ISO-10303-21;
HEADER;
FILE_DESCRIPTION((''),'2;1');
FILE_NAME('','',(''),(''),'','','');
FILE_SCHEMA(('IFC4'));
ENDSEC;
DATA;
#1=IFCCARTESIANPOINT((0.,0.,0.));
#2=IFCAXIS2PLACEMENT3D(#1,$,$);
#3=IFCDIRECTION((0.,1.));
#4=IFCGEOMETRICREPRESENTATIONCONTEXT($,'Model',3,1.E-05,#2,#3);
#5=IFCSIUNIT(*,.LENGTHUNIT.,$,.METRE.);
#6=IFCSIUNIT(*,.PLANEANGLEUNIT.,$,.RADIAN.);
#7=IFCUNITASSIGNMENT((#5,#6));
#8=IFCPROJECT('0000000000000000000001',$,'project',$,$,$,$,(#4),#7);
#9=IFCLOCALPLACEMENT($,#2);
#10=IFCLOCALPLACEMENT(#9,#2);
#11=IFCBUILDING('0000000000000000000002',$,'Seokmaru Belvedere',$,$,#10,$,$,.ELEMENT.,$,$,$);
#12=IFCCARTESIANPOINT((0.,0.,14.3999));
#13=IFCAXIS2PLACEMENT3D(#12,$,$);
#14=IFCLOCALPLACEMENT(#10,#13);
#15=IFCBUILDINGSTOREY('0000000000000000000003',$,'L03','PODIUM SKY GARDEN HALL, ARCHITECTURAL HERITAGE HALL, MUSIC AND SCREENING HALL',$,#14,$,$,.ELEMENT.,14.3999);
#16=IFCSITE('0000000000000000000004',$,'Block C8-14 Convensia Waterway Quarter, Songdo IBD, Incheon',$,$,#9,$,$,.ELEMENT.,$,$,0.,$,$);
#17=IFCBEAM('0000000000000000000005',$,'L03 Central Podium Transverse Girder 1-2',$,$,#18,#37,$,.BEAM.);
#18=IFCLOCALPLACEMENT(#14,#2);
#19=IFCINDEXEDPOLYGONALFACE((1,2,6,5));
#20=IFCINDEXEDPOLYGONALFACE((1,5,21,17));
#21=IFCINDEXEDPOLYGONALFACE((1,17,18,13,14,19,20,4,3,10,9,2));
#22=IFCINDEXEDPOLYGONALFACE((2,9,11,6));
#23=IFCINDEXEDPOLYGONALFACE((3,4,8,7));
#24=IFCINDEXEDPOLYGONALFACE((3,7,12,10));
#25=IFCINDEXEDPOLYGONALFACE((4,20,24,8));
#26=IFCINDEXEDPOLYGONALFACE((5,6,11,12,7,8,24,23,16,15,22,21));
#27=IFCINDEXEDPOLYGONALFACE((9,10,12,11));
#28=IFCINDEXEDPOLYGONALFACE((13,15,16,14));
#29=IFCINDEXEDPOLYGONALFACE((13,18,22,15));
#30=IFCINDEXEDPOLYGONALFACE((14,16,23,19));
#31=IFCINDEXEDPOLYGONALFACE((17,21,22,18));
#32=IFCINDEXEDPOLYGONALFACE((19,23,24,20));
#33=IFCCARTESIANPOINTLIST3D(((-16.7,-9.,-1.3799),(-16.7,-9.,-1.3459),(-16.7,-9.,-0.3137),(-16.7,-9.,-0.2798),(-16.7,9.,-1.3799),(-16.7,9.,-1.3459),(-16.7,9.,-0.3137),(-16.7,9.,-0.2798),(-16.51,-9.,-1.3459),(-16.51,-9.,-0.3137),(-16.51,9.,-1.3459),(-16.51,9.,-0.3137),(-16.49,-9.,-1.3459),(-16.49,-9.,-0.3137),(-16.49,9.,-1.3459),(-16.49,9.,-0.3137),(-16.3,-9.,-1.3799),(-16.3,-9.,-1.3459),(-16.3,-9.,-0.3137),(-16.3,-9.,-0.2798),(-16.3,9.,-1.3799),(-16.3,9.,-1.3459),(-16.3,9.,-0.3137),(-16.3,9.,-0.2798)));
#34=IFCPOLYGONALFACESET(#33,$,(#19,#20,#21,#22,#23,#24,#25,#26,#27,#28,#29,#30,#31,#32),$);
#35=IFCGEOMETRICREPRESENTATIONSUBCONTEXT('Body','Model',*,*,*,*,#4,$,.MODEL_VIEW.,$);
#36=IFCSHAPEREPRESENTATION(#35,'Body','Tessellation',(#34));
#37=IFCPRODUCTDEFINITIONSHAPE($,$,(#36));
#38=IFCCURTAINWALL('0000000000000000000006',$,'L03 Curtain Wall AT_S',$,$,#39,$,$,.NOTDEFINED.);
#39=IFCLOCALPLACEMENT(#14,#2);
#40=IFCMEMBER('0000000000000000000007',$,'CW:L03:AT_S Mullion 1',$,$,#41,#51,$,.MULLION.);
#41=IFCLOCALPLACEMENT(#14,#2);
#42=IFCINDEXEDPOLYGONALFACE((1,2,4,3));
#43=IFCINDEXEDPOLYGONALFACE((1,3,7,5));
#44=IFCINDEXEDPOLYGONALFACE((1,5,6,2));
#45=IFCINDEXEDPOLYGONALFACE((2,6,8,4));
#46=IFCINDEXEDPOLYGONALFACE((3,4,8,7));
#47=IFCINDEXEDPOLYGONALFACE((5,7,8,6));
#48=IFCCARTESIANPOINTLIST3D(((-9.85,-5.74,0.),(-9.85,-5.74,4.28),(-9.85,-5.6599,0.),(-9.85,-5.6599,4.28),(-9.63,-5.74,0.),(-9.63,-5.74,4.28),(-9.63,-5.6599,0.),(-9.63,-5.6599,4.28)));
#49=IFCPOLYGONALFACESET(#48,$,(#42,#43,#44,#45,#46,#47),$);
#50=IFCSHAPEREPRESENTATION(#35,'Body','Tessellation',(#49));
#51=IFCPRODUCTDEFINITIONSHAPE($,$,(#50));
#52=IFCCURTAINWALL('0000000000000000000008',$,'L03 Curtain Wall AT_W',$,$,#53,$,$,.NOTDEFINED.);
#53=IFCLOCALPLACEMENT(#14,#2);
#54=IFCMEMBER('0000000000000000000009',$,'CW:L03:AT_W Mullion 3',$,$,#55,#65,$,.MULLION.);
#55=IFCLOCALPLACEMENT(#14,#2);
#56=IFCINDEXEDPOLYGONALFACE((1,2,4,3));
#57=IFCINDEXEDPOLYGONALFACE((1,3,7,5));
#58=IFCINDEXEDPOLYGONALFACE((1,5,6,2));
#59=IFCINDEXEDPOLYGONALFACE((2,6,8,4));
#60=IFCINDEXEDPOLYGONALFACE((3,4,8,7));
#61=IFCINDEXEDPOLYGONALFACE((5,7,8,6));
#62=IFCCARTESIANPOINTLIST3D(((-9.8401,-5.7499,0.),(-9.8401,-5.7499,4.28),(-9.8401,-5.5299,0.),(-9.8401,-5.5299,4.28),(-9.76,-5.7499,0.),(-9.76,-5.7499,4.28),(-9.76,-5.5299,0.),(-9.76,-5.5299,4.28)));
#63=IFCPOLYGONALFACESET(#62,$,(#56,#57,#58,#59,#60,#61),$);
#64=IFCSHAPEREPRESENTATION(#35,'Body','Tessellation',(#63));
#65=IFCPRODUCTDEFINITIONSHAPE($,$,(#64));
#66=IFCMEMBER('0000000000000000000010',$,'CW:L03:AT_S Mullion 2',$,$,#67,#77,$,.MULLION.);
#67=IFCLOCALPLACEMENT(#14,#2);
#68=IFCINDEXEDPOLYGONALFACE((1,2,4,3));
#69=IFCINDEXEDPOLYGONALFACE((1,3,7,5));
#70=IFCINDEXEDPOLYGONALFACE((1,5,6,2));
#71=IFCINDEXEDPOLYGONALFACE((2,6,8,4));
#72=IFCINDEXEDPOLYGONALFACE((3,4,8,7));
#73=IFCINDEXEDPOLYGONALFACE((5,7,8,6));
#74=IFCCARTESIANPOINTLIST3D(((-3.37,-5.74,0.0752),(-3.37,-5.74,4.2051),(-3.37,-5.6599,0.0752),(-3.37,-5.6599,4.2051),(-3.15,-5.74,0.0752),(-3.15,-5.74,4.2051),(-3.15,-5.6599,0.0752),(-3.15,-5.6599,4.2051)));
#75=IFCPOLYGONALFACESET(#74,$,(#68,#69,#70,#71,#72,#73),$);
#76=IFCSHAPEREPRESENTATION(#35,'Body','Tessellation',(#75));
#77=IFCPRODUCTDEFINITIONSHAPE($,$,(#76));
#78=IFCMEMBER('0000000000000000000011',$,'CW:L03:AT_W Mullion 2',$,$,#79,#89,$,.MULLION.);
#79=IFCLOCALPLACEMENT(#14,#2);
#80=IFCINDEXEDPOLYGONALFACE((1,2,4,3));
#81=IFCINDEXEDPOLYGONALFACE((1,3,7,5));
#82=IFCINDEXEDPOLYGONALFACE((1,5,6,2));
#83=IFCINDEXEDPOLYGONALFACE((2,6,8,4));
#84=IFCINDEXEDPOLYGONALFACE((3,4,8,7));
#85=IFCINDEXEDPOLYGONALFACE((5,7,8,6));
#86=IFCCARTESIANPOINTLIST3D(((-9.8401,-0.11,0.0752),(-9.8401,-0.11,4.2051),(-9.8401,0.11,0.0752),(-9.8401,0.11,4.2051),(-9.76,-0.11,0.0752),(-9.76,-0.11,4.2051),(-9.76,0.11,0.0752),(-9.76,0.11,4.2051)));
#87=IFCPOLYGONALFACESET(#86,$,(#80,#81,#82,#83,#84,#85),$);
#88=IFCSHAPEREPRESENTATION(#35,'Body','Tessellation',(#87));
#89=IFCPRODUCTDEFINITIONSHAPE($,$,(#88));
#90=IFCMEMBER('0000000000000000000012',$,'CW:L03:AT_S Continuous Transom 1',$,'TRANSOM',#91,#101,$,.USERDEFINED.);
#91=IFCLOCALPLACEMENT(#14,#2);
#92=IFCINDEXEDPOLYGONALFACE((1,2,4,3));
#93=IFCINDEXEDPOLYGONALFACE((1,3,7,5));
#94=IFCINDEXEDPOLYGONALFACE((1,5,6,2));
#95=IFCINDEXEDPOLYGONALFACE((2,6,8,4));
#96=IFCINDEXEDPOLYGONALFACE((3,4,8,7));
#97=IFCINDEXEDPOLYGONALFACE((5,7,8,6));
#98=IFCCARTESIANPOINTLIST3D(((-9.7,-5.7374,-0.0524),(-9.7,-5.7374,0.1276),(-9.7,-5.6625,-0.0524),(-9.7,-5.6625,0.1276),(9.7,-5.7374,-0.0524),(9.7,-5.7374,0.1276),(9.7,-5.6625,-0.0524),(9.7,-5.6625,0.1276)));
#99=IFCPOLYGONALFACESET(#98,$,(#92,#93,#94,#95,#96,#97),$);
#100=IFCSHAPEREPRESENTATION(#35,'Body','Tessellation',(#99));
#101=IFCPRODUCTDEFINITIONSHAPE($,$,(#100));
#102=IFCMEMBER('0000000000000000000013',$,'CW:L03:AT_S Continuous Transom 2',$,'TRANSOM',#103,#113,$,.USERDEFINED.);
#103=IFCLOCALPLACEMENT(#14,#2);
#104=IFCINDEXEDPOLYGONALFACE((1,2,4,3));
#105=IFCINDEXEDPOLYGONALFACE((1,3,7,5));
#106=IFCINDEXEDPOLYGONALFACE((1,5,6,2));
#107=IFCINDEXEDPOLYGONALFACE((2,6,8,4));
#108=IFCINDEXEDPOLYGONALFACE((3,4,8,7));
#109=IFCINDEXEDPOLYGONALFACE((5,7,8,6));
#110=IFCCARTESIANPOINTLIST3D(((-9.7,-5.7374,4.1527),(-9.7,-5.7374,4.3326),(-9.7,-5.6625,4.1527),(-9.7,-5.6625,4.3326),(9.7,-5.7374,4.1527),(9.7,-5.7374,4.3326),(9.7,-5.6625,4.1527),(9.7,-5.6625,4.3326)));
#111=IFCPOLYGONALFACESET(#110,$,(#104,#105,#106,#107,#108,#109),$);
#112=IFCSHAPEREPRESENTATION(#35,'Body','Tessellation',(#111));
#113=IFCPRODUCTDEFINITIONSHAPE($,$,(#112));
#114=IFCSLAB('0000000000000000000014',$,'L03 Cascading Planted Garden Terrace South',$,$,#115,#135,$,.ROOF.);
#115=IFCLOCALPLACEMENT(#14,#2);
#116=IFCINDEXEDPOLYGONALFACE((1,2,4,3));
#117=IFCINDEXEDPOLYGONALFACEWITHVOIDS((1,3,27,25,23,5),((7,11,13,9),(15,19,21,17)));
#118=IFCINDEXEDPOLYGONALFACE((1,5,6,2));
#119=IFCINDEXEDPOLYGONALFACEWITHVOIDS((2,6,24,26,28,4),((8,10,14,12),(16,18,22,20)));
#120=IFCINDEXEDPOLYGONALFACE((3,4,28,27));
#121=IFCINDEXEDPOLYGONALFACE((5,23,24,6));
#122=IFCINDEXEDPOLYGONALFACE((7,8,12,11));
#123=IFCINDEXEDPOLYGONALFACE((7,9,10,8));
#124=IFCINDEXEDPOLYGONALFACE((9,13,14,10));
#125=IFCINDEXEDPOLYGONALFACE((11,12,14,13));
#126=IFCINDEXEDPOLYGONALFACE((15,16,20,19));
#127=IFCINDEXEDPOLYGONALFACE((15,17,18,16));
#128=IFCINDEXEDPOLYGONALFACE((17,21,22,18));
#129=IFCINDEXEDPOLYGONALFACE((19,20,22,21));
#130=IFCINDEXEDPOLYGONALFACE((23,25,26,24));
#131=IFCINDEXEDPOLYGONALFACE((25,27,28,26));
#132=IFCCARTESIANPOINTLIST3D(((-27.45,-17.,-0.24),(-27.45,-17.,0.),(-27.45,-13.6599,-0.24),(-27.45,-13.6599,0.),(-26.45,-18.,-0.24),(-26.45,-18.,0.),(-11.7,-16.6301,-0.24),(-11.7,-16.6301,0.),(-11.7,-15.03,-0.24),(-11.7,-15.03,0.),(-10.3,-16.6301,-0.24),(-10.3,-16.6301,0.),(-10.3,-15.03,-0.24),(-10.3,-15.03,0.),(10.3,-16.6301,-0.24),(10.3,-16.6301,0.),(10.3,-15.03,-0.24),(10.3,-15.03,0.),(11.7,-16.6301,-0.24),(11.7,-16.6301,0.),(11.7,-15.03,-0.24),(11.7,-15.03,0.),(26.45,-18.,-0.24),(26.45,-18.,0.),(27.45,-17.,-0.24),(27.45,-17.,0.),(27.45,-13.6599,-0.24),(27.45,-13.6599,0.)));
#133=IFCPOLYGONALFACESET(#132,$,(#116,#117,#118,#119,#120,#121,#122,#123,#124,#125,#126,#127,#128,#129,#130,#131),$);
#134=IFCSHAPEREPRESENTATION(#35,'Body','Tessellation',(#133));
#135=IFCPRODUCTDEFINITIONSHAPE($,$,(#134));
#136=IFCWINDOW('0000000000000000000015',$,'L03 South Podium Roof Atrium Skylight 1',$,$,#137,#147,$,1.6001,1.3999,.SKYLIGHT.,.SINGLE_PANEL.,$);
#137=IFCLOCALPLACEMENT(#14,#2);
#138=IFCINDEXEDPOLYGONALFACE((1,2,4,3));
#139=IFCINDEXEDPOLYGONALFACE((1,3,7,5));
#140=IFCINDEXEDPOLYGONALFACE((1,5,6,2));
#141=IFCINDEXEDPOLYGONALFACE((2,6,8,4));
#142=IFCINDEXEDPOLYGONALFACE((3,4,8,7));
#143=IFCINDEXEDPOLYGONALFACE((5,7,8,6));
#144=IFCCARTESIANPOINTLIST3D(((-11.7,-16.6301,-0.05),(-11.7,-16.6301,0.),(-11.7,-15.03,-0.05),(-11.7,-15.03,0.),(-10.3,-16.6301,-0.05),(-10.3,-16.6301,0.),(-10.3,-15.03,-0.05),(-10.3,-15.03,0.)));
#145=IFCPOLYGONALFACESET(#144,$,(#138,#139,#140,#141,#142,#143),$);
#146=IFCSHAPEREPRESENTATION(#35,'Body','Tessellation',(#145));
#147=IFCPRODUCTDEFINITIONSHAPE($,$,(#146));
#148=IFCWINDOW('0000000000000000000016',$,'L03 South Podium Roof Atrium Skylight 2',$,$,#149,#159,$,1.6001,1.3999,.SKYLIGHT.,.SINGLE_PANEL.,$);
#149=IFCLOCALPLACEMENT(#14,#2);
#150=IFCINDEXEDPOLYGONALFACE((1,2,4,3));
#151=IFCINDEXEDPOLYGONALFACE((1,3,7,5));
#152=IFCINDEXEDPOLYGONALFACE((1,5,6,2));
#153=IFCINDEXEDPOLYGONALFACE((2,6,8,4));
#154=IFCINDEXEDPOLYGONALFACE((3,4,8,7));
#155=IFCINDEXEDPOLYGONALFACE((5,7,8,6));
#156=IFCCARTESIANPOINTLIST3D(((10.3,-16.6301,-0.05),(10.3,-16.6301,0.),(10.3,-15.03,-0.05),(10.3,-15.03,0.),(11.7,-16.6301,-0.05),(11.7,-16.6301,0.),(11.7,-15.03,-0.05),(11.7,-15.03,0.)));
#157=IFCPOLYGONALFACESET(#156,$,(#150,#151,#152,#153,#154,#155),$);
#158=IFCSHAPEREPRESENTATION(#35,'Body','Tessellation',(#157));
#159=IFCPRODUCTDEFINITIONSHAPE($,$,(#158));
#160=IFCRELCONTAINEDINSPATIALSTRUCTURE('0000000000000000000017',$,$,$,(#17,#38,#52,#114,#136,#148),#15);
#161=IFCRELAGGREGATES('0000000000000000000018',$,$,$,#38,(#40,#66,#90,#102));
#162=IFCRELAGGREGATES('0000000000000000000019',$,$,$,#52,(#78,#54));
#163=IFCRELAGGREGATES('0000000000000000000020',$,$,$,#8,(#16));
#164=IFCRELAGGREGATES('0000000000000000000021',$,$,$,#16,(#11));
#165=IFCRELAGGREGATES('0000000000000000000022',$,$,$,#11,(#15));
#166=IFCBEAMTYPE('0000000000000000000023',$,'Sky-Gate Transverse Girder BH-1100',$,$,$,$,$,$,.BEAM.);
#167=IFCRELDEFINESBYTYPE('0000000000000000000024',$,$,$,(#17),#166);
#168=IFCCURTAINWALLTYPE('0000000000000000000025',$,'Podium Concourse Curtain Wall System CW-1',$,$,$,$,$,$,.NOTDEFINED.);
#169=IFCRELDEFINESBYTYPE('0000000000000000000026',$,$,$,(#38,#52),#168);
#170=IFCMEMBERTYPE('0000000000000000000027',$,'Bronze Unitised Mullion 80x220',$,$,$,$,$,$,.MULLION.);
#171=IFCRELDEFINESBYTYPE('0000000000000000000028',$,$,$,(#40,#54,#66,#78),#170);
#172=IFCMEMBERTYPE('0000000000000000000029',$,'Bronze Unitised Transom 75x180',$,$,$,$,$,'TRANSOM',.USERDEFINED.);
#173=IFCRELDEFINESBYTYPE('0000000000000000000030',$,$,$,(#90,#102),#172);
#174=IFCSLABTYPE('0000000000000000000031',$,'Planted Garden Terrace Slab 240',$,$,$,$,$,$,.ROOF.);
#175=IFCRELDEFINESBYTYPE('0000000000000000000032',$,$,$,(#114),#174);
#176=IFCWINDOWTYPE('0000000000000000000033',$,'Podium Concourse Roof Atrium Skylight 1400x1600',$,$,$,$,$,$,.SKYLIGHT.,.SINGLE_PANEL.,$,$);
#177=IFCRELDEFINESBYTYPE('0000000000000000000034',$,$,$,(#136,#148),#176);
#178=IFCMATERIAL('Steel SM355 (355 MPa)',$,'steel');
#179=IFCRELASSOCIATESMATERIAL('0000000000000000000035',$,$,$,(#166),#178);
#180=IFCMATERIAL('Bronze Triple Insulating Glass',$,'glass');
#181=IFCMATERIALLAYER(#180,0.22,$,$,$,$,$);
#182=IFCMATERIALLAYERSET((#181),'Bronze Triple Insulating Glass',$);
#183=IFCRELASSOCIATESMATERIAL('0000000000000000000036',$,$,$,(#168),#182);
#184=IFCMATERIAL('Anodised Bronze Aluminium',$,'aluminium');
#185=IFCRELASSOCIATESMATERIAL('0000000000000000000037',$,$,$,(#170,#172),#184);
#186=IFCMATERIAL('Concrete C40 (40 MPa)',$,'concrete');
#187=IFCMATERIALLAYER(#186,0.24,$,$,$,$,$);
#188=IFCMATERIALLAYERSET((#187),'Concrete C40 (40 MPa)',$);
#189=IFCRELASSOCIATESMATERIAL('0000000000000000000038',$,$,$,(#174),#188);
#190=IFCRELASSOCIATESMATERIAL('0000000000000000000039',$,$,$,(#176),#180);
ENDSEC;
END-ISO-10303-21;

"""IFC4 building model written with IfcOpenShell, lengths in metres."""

from ifc_helpers import new_model, si_unit, direction, frame, origin, origin_2d, place, context, subcontext, project, spatial, polyline, rectangle, i_section, outline, extrude, source, transform, mapped, material, layer, layer_set, material_profile, profile_set, type_object, type_shapes, element, fill, aggregate, save


model = new_model("IFC4")

# Units and contexts
model_context = context("Model", 3, precision=1e-05, world=origin(), true_north=direction((0.0, 1.0)))
body_context = subcontext(model_context, "Body", "Model", "MODEL_VIEW")
ifc_project = project(units=[si_unit("LENGTHUNIT", "METRE"), si_unit("PLANEANGLEUNIT", "RADIAN")], contexts=[model_context])

# Site, building, storey
site_placement = place(None, origin())
site = spatial("IfcSite", under=ifc_project, at=site_placement, Name="Block C8-14 Convensia Waterway Quarter, Songdo IBD, Incheon", CompositionType="ELEMENT", RefElevation=0.0)
building_placement = place(site_placement, origin())
building = spatial("IfcBuilding", under=site, at=building_placement, Name="Seokmaru Belvedere", CompositionType="ELEMENT")
storey_placement = place(building_placement, frame((0.0, 0.0, 14.3999)))
storey = spatial("IfcBuildingStorey", under=building, at=storey_placement, Name="L03", Description="PODIUM SKY GARDEN HALL, ARCHITECTURAL HERITAGE HALL, MUSIC AND SCREENING HALL", CompositionType="ELEMENT", Elevation=14.3999)

# Shared definitions
ifc_material_1 = material(Name="Steel SM355 (355 MPa)", Category="steel")

# Beam
ifc_material_profile_1 = material_profile(ifc_material_1, i_section(OverallWidth=0.3999, OverallDepth=1.1001, WebThickness=0.02, FlangeThickness=0.0339, at=origin_2d()), Name="BH-1100x400x20x34")
ifc_profile_set_1 = profile_set([ifc_material_profile_1], Name="Steel SM355 (355 MPa)")
beam_type_1 = type_object("IfcBeamType", Name="Sky-Gate Transverse Girder BH-1100", PredefinedType="BEAM", material=ifc_profile_set_1)
shared_shape_1 = source(origin(), body_context, "Body", "SweptSolid", [
    extrude(i_section(OverallWidth=0.3999, OverallDepth=1.1001, WebThickness=0.02, FlangeThickness=0.0339, at=origin_2d()), origin(), (0.0, 0.0, 1.0), 18.0),
])
type_shapes(beam_type_1, [shared_shape_1])
beam_1_placement = place(storey_placement, frame((-16.5, -9.0, -0.8298), z_axis=(0.0, 1.0, 0.0), x_axis=(-1.0, 0.0, 0.0)))
element("IfcBeam", 1, at=beam_1_placement, inside=storey, type_object=beam_type_1, Name="L03 Central Podium Transverse Girder 1-2", PredefinedType="BEAM", context=body_context, shape_type="MappedRepresentation", body=[
    mapped(shared_shape_1, transform((0.0, 0.0, 0.0), scale=1.0)),
])

# Curtain walls, members
ifc_material_2 = material(Name="Bronze Triple Insulating Glass", Category="glass")
ifc_layer_1 = layer(ifc_material_2, 0.22)
ifc_layer_set_1 = layer_set([ifc_layer_1], Name="Bronze Triple Insulating Glass")
curtain_wall_type = type_object("IfcCurtainWallType", Name="Podium Concourse Curtain Wall System CW-1", PredefinedType="NOTDEFINED", material=ifc_layer_set_1)
curtain_wall_1_placement = place(storey_placement, origin())
curtain_wall_1 = element("IfcCurtainWall", 2, at=curtain_wall_1_placement, inside=storey, type_object=curtain_wall_type, Name="L03 Curtain Wall AT_S", PredefinedType="NOTDEFINED")
ifc_material_3 = material(Name="Anodised Bronze Aluminium", Category="aluminium")
ifc_material_profile_2 = material_profile(ifc_material_3, rectangle(XDim=0.0801, YDim=0.22, at=origin_2d()), Name="CW-M-80x220")
ifc_profile_set_2 = profile_set([ifc_material_profile_2], Name="Anodised Bronze Aluminium")
member_type_1 = type_object("IfcMemberType", Name="Bronze Unitised Mullion 80x220", PredefinedType="MULLION", material=ifc_profile_set_2)
shared_shape_2 = source(origin(), body_context, "Body", "SweptSolid", [
    extrude(rectangle(XDim=0.0801, YDim=0.22, at=origin_2d()), origin(), (0.0, 0.0, 1.0), 4.28),
])
member_1_placement = place(storey_placement, frame((-9.74, -5.7, 0.0), z_axis=(0.0, 0.0, 1.0), x_axis=(0.0, 1.0, 0.0)))
member_1 = element("IfcMember", 3, at=member_1_placement, type_object=member_type_1, Name="CW:L03:AT_S Mullion 1", PredefinedType="MULLION", context=body_context, shape_type="MappedRepresentation", body=[
    mapped(shared_shape_2, transform((0.0, 0.0, 0.0), scale=1.0)),
])
curtain_wall_2_placement = place(storey_placement, origin())
curtain_wall_2 = element("IfcCurtainWall", 4, at=curtain_wall_2_placement, inside=storey, type_object=curtain_wall_type, Name="L03 Curtain Wall AT_W", PredefinedType="NOTDEFINED")
member_2_placement = place(storey_placement, frame((-9.8, -5.6399, 0.0), z_axis=(0.0, 0.0, 1.0), x_axis=(1.0, 0.0, 0.0)))
member_2 = element("IfcMember", 5, at=member_2_placement, type_object=member_type_1, Name="CW:L03:AT_W Mullion 3", PredefinedType="MULLION", context=body_context, shape_type="MappedRepresentation", body=[
    mapped(shared_shape_2, transform((0.0, 0.0, 0.0), scale=1.0)),
])

# Members
shared_shape_3 = source(origin(), body_context, "Body", "SweptSolid", [
    extrude(rectangle(XDim=0.0801, YDim=0.22, at=origin_2d()), origin(), (0.0, 0.0, 1.0), 4.1299),
])
type_shapes(member_type_1, [shared_shape_2, shared_shape_3])
member_3_placement = place(storey_placement, frame((-3.26, -5.7, 0.0752), z_axis=(0.0, 0.0, 1.0), x_axis=(0.0, 1.0, 0.0)))
member_3 = element("IfcMember", 6, at=member_3_placement, type_object=member_type_1, Name="CW:L03:AT_S Mullion 2", PredefinedType="MULLION", context=body_context, shape_type="MappedRepresentation", body=[
    mapped(shared_shape_3, transform((0.0, 0.0, 0.0), scale=1.0)),
])
member_4_placement = place(storey_placement, frame((-9.8, 0.0, 0.0752), z_axis=(0.0, 0.0, 1.0), x_axis=(1.0, 0.0, 0.0)))
member_4 = element("IfcMember", 7, at=member_4_placement, type_object=member_type_1, Name="CW:L03:AT_W Mullion 2", PredefinedType="MULLION", context=body_context, shape_type="MappedRepresentation", body=[
    mapped(shared_shape_3, transform((0.0, 0.0, 0.0), scale=1.0)),
])
ifc_material_profile_3 = material_profile(ifc_material_3, rectangle(XDim=0.075, YDim=0.1799, at=origin_2d()), Name="CW-T-75x180")
ifc_profile_set_3 = profile_set([ifc_material_profile_3], Name="Anodised Bronze Aluminium")
member_type_2 = type_object("IfcMemberType", Name="Bronze Unitised Transom 75x180", ElementType="TRANSOM", PredefinedType="USERDEFINED", material=ifc_profile_set_3)
shared_shape_4 = source(origin(), body_context, "Body", "SweptSolid", [
    extrude(rectangle(XDim=0.075, YDim=0.1799, at=origin_2d()), origin(), (0.0, 0.0, 1.0), 19.3999),
])
type_shapes(member_type_2, [shared_shape_4])
member_5_placement = place(storey_placement, frame((-9.7, -5.7, 0.0376), z_axis=(1.0, 0.0, 0.0), x_axis=(0.0, 1.0, 0.0)))
member_5 = element("IfcMember", 8, at=member_5_placement, type_object=member_type_2, Name="CW:L03:AT_S Continuous Transom 1", ObjectType="TRANSOM", PredefinedType="USERDEFINED", context=body_context, shape_type="MappedRepresentation", body=[
    mapped(shared_shape_4, transform((0.0, 0.0, 0.0), scale=1.0)),
])
member_6_placement = place(storey_placement, frame((-9.7, -5.7, 4.2427), z_axis=(1.0, 0.0, 0.0), x_axis=(0.0, 1.0, 0.0)))
member_6 = element("IfcMember", 9, at=member_6_placement, type_object=member_type_2, Name="CW:L03:AT_S Continuous Transom 2", ObjectType="TRANSOM", PredefinedType="USERDEFINED", context=body_context, shape_type="MappedRepresentation", body=[
    mapped(shared_shape_4, transform((0.0, 0.0, 0.0), scale=1.0)),
])

# Slab, openings, windows
ifc_material_4 = material(Name="Concrete C40 (40 MPa)", Category="concrete")
ifc_layer_2 = layer(ifc_material_4, 0.24)
ifc_layer_set_2 = layer_set([ifc_layer_2], Name="Concrete C40 (40 MPa)")
slab_type_1 = type_object("IfcSlabType", Name="Planted Garden Terrace Slab 240", PredefinedType="ROOF", material=ifc_layer_set_2)
slab_1_placement = place(storey_placement, frame((0.0, 0.0, -0.24)))
slab_1 = element("IfcSlab", 10, at=slab_1_placement, inside=storey, type_object=slab_type_1, Name="L03 Cascading Planted Garden Terrace South", PredefinedType="ROOF", context=body_context, shape_type="SweptSolid", body=[
    extrude(outline(polyline([(-26.45, -18.0), (26.45, -18.0), (27.45, -17.0), (27.45, -13.6599), (-27.45, -13.6599), (-27.45, -17.0), (-26.45, -18.0)])), origin(), (0.0, 0.0, 1.0), 0.24),
])
opening_1_placement = place(slab_1_placement, frame((-11.0, -15.8301, -0.01)))
opening_1 = element("IfcOpeningElement", 11, at=opening_1_placement, cuts=slab_1, PredefinedType="OPENING", context=body_context, shape_type="SweptSolid", body=[
    extrude(rectangle(XDim=1.3999, YDim=1.6001, at=origin_2d()), origin(), (0.0, 0.0, 1.0), 0.26),
])
opening_2_placement = place(slab_1_placement, frame((11.0, -15.8301, -0.01)))
opening_2 = element("IfcOpeningElement", 12, at=opening_2_placement, cuts=slab_1, PredefinedType="OPENING", context=body_context, shape_type="SweptSolid", body=[
    extrude(rectangle(XDim=1.3999, YDim=1.6001, at=origin_2d()), origin(), (0.0, 0.0, 1.0), 0.26),
])
window_type = type_object("IfcWindowType", Name="Podium Concourse Roof Atrium Skylight 1400x1600", PartitioningType="SINGLE_PANEL", PredefinedType="SKYLIGHT", material=ifc_material_2)
window_1_placement = place(opening_1_placement, frame((0.0, 0.0, 0.2)))
window_1 = element("IfcWindow", 13, at=window_1_placement, inside=storey, type_object=window_type, Name="L03 South Podium Roof Atrium Skylight 1", OverallHeight=1.6001, OverallWidth=1.3999, PartitioningType="SINGLE_PANEL", PredefinedType="SKYLIGHT", context=body_context, shape_type="SweptSolid", body=[
    extrude(rectangle(XDim=1.3999, YDim=1.6001, at=origin_2d()), origin(), (0.0, 0.0, 1.0), 0.05),
])
fill(opening_1, window_1)
window_2_placement = place(opening_2_placement, frame((0.0, 0.0, 0.2)))
window_2 = element("IfcWindow", 14, at=window_2_placement, inside=storey, type_object=window_type, Name="L03 South Podium Roof Atrium Skylight 2", OverallHeight=1.6001, OverallWidth=1.3999, PartitioningType="SINGLE_PANEL", PredefinedType="SKYLIGHT", context=body_context, shape_type="SweptSolid", body=[
    extrude(rectangle(XDim=1.3999, YDim=1.6001, at=origin_2d()), origin(), (0.0, 0.0, 1.0), 0.05),
])
fill(opening_2, window_2)

aggregate(curtain_wall_1, [member_1, member_3, member_5, member_6])
aggregate(curtain_wall_2, [member_4, member_2])

save(model, "model.ifc")
